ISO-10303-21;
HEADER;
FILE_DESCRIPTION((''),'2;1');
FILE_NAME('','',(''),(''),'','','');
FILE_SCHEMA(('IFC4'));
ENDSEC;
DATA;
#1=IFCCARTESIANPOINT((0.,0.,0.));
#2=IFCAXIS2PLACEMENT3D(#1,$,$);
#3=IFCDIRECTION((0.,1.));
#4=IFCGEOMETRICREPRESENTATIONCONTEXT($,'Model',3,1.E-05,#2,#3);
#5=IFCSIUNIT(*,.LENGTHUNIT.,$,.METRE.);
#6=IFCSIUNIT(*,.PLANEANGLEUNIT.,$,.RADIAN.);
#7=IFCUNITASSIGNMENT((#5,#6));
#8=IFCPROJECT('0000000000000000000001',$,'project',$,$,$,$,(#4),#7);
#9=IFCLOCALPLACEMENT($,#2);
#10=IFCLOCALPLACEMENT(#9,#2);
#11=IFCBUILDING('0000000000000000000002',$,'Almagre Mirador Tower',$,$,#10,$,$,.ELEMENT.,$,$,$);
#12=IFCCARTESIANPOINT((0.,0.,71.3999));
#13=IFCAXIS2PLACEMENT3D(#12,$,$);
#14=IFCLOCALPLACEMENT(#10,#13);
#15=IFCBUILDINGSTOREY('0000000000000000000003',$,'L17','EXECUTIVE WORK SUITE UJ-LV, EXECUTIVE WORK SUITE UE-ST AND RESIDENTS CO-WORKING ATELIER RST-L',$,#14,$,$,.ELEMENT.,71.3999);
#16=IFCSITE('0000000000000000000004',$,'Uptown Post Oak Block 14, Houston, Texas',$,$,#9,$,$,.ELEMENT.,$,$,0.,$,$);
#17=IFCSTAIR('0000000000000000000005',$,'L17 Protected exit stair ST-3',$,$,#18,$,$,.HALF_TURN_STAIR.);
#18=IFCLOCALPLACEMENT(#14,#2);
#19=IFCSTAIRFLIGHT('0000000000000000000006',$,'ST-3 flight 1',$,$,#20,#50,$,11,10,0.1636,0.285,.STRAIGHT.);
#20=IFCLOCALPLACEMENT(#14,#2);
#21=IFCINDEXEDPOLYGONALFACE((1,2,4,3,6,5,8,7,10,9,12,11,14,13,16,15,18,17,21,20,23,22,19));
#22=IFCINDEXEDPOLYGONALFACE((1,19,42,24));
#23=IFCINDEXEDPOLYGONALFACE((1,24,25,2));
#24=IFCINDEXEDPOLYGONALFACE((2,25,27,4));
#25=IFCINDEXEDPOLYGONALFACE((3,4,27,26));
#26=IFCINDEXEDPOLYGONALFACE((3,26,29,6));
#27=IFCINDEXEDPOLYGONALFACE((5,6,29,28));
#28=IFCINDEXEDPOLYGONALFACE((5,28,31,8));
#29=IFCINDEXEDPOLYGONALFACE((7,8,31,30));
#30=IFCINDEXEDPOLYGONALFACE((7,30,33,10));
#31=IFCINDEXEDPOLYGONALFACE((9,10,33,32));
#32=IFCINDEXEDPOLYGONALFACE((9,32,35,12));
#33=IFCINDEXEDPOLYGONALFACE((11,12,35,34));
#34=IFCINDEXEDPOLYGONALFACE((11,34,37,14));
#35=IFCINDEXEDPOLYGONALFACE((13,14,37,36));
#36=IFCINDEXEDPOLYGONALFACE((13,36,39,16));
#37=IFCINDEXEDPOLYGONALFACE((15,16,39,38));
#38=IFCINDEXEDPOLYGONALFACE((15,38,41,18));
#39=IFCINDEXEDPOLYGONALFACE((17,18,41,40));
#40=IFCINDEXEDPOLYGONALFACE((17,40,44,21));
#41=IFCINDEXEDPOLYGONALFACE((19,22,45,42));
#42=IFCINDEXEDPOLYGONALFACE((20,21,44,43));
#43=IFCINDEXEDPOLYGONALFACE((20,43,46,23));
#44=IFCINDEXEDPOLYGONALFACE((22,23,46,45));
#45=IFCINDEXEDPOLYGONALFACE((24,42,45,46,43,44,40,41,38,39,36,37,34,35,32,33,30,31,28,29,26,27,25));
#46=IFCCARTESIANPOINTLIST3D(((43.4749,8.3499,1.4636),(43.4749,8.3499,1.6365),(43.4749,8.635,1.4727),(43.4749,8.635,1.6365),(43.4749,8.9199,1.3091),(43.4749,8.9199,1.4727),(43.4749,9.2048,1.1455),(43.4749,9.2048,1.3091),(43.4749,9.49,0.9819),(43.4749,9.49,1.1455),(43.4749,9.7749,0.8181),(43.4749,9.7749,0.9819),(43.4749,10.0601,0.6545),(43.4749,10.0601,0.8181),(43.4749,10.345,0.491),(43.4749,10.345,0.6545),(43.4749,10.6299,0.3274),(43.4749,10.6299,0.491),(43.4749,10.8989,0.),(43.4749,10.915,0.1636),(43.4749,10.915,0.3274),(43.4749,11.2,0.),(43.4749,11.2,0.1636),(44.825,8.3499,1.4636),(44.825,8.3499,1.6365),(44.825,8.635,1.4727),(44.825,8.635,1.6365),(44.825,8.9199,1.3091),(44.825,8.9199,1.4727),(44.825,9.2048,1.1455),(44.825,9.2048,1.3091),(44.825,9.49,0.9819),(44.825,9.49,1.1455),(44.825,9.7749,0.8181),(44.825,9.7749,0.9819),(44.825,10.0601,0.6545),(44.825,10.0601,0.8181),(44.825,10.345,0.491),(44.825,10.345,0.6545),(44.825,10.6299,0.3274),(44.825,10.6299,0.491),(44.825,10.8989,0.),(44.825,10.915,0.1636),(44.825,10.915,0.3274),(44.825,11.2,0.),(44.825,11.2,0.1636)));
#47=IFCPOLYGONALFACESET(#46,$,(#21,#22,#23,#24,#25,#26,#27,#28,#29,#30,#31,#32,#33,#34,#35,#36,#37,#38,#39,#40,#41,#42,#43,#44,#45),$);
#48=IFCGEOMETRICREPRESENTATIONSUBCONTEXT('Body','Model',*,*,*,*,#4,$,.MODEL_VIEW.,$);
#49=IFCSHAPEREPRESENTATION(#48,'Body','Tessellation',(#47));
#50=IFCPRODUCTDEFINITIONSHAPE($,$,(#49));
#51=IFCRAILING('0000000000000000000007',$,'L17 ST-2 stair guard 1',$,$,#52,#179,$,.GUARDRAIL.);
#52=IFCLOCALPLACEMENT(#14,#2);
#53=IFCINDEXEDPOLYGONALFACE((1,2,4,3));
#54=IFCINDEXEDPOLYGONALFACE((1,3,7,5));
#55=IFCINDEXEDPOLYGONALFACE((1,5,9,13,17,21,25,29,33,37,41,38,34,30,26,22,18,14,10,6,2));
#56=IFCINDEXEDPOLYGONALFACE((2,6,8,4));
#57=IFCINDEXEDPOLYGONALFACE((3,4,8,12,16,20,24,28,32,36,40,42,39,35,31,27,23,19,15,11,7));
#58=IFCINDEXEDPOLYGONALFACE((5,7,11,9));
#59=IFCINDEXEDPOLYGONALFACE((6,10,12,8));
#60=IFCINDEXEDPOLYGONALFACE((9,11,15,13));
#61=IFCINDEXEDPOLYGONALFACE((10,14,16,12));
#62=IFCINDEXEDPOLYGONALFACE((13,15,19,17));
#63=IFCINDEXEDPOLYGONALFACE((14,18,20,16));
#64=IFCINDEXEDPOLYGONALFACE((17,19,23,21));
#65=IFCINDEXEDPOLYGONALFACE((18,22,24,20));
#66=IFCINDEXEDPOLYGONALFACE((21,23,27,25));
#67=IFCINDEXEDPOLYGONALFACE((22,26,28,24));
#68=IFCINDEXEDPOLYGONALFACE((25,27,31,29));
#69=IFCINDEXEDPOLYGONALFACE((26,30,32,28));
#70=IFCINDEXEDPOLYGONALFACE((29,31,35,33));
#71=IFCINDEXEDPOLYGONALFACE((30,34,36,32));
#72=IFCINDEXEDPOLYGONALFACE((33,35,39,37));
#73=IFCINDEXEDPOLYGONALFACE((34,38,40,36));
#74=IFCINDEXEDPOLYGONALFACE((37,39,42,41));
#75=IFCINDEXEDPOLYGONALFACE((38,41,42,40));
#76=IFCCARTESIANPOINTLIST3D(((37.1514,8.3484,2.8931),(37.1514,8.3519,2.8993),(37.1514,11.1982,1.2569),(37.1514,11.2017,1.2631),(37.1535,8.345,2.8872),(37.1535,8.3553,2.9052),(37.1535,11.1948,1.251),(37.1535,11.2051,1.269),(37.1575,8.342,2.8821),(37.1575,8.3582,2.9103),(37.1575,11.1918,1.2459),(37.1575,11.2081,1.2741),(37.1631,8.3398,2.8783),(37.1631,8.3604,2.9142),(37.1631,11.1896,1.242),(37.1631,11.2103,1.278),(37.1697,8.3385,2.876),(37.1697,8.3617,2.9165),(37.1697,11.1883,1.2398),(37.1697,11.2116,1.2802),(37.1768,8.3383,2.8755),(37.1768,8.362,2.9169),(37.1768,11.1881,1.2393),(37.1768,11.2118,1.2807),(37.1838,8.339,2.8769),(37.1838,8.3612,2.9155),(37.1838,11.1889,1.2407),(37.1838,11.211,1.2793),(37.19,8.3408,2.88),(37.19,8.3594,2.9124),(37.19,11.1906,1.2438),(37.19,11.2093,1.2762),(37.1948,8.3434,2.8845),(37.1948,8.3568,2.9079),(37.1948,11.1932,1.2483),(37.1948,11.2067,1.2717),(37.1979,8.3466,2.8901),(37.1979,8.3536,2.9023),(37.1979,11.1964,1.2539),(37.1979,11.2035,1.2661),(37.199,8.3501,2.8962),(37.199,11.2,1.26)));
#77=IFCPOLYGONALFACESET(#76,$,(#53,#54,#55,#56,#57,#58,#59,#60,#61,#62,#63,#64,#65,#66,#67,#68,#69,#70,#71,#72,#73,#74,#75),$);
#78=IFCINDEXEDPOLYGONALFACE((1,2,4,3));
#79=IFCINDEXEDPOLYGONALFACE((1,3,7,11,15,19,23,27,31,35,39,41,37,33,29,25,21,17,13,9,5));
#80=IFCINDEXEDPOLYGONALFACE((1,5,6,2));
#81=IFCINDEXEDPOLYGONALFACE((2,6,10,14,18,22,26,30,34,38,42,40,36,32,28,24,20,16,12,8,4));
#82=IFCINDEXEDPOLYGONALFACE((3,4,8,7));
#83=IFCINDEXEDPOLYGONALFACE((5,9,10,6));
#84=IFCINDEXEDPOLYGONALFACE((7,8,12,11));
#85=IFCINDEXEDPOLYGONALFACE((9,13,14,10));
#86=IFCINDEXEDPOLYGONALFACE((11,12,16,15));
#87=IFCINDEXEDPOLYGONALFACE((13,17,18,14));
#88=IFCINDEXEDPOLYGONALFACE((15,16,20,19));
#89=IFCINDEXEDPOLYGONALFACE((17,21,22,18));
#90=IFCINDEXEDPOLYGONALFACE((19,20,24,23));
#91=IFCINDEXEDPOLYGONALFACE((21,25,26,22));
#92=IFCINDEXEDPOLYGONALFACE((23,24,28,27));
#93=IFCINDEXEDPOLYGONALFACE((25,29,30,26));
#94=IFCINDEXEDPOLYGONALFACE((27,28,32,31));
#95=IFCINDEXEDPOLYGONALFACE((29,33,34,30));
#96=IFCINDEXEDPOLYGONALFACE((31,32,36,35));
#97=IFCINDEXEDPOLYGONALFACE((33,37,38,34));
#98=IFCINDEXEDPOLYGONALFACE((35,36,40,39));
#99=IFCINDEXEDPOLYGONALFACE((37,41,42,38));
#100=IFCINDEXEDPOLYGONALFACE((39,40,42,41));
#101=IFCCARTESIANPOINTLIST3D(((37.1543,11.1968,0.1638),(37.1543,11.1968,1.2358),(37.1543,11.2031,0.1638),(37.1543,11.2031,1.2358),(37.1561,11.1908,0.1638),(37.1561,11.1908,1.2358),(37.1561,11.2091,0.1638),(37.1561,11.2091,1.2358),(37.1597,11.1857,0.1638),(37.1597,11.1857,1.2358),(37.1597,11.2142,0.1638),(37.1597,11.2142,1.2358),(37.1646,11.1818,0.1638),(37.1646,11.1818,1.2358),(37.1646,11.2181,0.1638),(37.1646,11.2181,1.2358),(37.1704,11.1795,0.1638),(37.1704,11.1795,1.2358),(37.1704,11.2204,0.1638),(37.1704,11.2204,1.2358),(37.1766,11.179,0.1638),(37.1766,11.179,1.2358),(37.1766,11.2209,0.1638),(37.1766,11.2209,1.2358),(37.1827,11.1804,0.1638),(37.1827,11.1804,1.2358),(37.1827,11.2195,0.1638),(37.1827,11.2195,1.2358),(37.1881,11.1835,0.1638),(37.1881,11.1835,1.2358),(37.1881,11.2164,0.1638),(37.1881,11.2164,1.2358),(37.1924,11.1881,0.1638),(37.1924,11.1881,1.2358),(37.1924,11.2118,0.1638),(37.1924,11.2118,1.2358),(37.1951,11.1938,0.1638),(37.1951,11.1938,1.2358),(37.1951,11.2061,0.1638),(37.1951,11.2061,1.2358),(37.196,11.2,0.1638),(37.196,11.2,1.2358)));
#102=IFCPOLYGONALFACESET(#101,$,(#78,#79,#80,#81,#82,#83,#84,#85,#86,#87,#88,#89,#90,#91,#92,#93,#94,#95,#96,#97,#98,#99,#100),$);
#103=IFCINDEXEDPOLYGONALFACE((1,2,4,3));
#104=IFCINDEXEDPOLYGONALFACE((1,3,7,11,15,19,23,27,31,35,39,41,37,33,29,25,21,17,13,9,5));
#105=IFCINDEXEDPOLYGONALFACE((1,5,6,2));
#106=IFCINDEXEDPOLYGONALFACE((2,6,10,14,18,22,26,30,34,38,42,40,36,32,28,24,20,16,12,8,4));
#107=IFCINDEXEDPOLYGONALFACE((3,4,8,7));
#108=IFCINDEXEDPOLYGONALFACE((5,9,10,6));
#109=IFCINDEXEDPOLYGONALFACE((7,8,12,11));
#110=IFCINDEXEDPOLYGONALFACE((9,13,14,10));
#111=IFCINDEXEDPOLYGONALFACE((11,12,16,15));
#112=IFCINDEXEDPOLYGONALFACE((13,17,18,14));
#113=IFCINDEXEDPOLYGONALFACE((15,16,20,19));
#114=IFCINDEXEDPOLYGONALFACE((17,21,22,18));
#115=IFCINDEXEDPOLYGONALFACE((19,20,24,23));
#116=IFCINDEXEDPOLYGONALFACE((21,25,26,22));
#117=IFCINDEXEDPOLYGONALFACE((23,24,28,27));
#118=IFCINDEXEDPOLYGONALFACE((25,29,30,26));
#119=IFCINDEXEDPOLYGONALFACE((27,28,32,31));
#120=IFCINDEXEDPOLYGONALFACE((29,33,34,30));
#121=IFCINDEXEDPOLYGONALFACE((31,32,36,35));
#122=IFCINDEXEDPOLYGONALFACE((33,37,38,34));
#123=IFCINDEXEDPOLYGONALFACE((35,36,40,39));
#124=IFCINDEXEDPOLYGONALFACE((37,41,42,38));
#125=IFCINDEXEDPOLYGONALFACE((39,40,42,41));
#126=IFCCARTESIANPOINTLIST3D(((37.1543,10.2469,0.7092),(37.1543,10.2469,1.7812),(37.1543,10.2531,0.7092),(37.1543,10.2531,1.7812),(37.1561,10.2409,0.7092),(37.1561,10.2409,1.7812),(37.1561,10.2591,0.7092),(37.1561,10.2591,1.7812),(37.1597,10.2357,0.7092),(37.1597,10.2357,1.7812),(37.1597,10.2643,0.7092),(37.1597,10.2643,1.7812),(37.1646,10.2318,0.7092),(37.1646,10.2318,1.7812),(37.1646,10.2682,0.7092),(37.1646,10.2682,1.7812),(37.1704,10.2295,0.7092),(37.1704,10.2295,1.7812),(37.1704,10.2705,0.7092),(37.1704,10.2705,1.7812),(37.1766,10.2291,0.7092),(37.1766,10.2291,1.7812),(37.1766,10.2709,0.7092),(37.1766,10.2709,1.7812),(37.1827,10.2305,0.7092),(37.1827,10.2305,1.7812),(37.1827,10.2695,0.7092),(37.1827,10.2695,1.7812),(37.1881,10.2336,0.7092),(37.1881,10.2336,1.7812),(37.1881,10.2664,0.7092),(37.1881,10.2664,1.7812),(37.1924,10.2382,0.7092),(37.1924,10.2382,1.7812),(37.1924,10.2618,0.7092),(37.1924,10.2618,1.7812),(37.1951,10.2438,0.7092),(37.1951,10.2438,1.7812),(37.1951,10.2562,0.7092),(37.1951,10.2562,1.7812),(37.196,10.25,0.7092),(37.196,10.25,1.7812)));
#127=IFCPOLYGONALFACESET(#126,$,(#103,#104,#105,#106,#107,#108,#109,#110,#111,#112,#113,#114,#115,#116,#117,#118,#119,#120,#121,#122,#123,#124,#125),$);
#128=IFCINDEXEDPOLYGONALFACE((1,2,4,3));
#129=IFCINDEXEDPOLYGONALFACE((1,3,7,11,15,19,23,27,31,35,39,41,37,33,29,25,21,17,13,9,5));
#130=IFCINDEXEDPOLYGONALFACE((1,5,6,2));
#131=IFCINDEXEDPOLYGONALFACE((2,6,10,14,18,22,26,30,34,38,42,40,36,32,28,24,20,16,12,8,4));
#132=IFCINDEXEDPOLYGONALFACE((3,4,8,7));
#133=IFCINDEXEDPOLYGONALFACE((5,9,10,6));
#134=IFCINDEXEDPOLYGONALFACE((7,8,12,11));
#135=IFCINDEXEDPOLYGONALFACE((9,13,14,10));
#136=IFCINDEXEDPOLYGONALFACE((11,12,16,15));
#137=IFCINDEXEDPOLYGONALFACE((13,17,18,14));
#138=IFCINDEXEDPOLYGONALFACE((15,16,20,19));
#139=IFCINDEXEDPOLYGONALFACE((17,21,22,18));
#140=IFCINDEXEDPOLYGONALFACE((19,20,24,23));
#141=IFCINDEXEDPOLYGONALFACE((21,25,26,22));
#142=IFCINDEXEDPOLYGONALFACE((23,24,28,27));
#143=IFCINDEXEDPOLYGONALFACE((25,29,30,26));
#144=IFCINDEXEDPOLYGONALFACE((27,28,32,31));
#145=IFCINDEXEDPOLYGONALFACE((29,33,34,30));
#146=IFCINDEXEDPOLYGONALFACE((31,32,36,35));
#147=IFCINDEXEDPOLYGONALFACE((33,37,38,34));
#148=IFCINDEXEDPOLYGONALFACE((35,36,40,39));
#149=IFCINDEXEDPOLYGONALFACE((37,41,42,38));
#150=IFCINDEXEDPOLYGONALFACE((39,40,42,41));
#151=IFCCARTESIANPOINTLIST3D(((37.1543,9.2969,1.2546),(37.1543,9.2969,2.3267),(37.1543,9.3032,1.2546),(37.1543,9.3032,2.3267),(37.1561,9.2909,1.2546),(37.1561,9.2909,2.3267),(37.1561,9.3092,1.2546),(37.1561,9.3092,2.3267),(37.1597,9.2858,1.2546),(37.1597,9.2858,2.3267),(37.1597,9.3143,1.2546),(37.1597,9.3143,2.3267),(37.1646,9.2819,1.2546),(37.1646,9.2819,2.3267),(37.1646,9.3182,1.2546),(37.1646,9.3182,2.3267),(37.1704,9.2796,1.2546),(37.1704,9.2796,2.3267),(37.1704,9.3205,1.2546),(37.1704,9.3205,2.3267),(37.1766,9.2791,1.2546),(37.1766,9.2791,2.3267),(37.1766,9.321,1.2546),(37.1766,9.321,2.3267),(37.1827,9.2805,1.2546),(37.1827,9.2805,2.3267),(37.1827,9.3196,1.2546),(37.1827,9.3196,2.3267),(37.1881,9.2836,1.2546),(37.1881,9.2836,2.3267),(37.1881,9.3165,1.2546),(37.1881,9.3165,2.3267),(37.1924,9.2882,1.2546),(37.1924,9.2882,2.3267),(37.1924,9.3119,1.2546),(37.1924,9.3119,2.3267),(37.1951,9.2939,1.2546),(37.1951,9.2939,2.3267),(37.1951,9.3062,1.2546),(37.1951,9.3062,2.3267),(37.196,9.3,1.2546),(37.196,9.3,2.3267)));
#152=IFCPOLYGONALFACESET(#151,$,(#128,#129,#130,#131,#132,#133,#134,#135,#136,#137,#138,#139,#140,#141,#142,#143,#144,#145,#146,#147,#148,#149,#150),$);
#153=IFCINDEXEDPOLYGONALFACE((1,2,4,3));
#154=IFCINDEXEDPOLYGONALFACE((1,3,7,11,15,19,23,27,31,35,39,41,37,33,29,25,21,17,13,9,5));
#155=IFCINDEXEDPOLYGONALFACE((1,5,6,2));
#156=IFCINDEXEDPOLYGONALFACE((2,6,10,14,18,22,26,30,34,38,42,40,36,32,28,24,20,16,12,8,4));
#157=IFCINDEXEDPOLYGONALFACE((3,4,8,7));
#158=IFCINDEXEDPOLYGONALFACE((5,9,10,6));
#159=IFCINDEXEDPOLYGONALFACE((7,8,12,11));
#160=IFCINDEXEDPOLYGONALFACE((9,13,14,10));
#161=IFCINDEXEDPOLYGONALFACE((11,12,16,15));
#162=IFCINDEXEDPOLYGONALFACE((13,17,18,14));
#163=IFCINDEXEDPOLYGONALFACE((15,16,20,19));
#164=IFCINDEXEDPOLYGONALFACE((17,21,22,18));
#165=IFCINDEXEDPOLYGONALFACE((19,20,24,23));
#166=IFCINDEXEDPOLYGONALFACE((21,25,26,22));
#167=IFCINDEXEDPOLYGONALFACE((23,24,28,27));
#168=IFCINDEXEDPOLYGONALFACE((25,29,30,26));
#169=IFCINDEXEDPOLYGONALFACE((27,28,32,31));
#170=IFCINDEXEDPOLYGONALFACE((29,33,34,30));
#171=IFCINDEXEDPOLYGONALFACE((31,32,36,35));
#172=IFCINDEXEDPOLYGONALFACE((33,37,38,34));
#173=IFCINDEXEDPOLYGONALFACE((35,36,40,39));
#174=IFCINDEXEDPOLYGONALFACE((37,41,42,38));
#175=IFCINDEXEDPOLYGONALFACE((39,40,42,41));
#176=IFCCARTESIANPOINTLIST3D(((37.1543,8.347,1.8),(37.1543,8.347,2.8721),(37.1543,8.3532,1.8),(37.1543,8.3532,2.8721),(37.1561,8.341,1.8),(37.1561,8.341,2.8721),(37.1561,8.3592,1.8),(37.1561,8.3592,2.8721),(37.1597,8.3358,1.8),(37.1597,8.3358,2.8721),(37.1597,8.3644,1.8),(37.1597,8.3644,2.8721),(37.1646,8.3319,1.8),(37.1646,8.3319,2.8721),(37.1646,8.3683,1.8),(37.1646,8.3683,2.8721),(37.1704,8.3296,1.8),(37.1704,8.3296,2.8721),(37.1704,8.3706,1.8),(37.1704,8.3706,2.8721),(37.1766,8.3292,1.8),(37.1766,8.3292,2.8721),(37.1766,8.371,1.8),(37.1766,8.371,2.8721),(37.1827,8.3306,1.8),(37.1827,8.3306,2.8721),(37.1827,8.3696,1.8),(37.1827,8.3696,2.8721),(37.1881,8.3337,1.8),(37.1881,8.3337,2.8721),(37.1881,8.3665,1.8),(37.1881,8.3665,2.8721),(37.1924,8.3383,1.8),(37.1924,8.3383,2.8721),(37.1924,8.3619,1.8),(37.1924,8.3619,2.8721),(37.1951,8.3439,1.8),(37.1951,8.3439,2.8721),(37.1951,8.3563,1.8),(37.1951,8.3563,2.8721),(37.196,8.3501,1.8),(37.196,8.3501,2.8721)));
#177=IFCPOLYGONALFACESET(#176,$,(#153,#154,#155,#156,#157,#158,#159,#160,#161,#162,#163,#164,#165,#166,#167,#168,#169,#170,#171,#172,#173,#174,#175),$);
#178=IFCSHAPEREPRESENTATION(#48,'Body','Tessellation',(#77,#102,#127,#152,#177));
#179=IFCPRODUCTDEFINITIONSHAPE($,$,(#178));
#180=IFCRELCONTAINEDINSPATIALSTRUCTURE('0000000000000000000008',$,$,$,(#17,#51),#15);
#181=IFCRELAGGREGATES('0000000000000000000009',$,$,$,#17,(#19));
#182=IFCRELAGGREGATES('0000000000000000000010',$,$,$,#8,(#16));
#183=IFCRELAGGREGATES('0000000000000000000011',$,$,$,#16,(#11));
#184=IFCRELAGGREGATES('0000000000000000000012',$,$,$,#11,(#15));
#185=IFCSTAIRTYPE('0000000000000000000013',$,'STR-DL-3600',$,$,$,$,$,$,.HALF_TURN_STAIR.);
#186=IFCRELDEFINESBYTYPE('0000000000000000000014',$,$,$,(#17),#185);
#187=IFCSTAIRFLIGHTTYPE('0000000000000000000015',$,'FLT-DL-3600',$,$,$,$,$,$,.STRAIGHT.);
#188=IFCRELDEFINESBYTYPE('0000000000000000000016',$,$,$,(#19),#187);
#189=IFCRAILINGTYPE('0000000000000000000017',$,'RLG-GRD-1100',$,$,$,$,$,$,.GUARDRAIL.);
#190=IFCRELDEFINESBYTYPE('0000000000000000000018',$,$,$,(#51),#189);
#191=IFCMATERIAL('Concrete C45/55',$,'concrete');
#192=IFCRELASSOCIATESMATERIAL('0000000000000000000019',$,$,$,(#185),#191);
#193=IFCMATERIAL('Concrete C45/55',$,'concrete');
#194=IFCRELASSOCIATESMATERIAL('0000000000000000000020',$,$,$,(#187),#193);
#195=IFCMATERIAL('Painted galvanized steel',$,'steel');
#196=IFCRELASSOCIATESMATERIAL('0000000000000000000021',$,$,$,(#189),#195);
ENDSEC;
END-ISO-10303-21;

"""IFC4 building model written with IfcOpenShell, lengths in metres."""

from ifc_helpers import new_model, si_unit, direction, frame, origin, origin_2d, place, context, subcontext, project, spatial, polyline, circle, outline, extrude, material, type_object, element, aggregate, save


model = new_model("IFC4")

# Units and contexts
model_context = context("Model", 3, precision=1e-05, world=origin(), true_north=direction((0.0, 1.0)))
body_context = subcontext(model_context, "Body", "Model", "MODEL_VIEW")
ifc_project = project(units=[si_unit("LENGTHUNIT", "METRE"), si_unit("PLANEANGLEUNIT", "RADIAN")], contexts=[model_context])

# Site, building, storey
site_placement = place(None, origin())
site = spatial("IfcSite", under=ifc_project, at=site_placement, Name="Uptown Post Oak Block 14, Houston, Texas", CompositionType="ELEMENT", RefElevation=0.0)
building_placement = place(site_placement, origin())
building = spatial("IfcBuilding", under=site, at=building_placement, Name="Almagre Mirador Tower", CompositionType="ELEMENT")
storey_placement = place(building_placement, frame((0.0, 0.0, 71.3999)))
storey = spatial("IfcBuildingStorey", under=building, at=storey_placement, Name="L17", Description="EXECUTIVE WORK SUITE UJ-LV, EXECUTIVE WORK SUITE UE-ST AND RESIDENTS CO-WORKING ATELIER RST-L", CompositionType="ELEMENT", Elevation=71.3999)

# Shared definitions
ifc_material_1 = material(Name="Concrete C45/55", Category="concrete")
stair_type = type_object("IfcStairType", Name="STR-DL-3600", PredefinedType="HALF_TURN_STAIR", material=ifc_material_1)
ifc_material_2 = material(Name="Concrete C45/55", Category="concrete")
stair_flight_type = type_object("IfcStairFlightType", Name="FLT-DL-3600", PredefinedType="STRAIGHT", material=ifc_material_2)

# Stair, stair flight
stair_1_placement = place(storey_placement, origin())
stair_1 = element("IfcStair", 1, at=stair_1_placement, inside=storey, type_object=stair_type, Name="L17 Protected exit stair ST-3", PredefinedType="HALF_TURN_STAIR")
stair_flight_1_placement = place(storey_placement, frame((44.1499, 11.2, 0.0), z_axis=(0.0, 0.0, 1.0), x_axis=(0.0, -1.0, 0.0)))
stair_flight_1 = element("IfcStairFlight", 2, at=stair_flight_1_placement, type_object=stair_flight_type, Name="ST-3 flight 1", NumberOfRisers=11, NumberOfTreads=10, PredefinedType="STRAIGHT", RiserHeight=0.1636, TreadLength=0.285, context=body_context, shape_type="SweptSolid", body=[
    extrude(outline(polyline([(0.0, 0.0), (0.0, 0.1636), (0.2849, 0.1636), (0.2849, 0.3274), (0.5701, 0.3274), (0.5701, 0.491), (0.855, 0.491), (0.855, 0.6545), (1.1399, 0.6545), (1.1399, 0.8181), (1.425, 0.8181), (1.425, 0.9819), (1.71, 0.9819), (1.71, 1.1455), (1.9951, 1.1455), (1.9951, 1.3091), (2.28, 1.3091), (2.28, 1.4727), (2.5649, 1.4727), (2.5649, 1.6365), (2.8501, 1.6365), (2.8501, 1.8), (2.8501, 1.4636), (0.301, 0.0), (0.0, 0.0)])), frame((0.0, 0.675, 0.0), z_axis=(0.0, -1.0, 0.0), x_axis=(1.0, 0.0, 0.0)), (0.0, 0.0, 1.0), 1.3501),
])
aggregate(stair_1, [stair_flight_1])

# Railing
ifc_material_3 = material(Name="Painted galvanized steel", Category="steel")
railing_type_1 = type_object("IfcRailingType", Name="RLG-GRD-1100", PredefinedType="GUARDRAIL", material=ifc_material_3)
railing_1_placement = place(storey_placement, frame((37.175, 11.2, 0.1638)))
element("IfcRailing", 3, at=railing_1_placement, inside=storey, type_object=railing_type_1, Name="L17 ST-2 stair guard 1", PredefinedType="GUARDRAIL", context=body_context, shape_type="SweptSolid", body=[
    extrude(circle(Radius=0.0239, at=origin_2d()), frame((0.0, 0.0, 1.0962), z_axis=(0.0, -0.867226, 0.497914), x_axis=(1.0, 0.0, 0.0)), (0.0, 0.0, 1.0), 3.2861),
    extrude(circle(Radius=0.021, at=origin_2d()), origin(), (0.0, 0.0, 1.0), 1.072),
    extrude(circle(Radius=0.021, at=origin_2d()), frame((0.0, -0.95, 0.5454)), (0.0, 0.0, 1.0), 1.072),
    extrude(circle(Radius=0.021, at=origin_2d()), frame((0.0, -1.8999, 1.0908)), (0.0, 0.0, 1.0), 1.072),
    extrude(circle(Radius=0.021, at=origin_2d()), frame((0.0, -2.8499, 1.6362)), (0.0, 0.0, 1.0), 1.072),
])

save(model, "model.ifc")
